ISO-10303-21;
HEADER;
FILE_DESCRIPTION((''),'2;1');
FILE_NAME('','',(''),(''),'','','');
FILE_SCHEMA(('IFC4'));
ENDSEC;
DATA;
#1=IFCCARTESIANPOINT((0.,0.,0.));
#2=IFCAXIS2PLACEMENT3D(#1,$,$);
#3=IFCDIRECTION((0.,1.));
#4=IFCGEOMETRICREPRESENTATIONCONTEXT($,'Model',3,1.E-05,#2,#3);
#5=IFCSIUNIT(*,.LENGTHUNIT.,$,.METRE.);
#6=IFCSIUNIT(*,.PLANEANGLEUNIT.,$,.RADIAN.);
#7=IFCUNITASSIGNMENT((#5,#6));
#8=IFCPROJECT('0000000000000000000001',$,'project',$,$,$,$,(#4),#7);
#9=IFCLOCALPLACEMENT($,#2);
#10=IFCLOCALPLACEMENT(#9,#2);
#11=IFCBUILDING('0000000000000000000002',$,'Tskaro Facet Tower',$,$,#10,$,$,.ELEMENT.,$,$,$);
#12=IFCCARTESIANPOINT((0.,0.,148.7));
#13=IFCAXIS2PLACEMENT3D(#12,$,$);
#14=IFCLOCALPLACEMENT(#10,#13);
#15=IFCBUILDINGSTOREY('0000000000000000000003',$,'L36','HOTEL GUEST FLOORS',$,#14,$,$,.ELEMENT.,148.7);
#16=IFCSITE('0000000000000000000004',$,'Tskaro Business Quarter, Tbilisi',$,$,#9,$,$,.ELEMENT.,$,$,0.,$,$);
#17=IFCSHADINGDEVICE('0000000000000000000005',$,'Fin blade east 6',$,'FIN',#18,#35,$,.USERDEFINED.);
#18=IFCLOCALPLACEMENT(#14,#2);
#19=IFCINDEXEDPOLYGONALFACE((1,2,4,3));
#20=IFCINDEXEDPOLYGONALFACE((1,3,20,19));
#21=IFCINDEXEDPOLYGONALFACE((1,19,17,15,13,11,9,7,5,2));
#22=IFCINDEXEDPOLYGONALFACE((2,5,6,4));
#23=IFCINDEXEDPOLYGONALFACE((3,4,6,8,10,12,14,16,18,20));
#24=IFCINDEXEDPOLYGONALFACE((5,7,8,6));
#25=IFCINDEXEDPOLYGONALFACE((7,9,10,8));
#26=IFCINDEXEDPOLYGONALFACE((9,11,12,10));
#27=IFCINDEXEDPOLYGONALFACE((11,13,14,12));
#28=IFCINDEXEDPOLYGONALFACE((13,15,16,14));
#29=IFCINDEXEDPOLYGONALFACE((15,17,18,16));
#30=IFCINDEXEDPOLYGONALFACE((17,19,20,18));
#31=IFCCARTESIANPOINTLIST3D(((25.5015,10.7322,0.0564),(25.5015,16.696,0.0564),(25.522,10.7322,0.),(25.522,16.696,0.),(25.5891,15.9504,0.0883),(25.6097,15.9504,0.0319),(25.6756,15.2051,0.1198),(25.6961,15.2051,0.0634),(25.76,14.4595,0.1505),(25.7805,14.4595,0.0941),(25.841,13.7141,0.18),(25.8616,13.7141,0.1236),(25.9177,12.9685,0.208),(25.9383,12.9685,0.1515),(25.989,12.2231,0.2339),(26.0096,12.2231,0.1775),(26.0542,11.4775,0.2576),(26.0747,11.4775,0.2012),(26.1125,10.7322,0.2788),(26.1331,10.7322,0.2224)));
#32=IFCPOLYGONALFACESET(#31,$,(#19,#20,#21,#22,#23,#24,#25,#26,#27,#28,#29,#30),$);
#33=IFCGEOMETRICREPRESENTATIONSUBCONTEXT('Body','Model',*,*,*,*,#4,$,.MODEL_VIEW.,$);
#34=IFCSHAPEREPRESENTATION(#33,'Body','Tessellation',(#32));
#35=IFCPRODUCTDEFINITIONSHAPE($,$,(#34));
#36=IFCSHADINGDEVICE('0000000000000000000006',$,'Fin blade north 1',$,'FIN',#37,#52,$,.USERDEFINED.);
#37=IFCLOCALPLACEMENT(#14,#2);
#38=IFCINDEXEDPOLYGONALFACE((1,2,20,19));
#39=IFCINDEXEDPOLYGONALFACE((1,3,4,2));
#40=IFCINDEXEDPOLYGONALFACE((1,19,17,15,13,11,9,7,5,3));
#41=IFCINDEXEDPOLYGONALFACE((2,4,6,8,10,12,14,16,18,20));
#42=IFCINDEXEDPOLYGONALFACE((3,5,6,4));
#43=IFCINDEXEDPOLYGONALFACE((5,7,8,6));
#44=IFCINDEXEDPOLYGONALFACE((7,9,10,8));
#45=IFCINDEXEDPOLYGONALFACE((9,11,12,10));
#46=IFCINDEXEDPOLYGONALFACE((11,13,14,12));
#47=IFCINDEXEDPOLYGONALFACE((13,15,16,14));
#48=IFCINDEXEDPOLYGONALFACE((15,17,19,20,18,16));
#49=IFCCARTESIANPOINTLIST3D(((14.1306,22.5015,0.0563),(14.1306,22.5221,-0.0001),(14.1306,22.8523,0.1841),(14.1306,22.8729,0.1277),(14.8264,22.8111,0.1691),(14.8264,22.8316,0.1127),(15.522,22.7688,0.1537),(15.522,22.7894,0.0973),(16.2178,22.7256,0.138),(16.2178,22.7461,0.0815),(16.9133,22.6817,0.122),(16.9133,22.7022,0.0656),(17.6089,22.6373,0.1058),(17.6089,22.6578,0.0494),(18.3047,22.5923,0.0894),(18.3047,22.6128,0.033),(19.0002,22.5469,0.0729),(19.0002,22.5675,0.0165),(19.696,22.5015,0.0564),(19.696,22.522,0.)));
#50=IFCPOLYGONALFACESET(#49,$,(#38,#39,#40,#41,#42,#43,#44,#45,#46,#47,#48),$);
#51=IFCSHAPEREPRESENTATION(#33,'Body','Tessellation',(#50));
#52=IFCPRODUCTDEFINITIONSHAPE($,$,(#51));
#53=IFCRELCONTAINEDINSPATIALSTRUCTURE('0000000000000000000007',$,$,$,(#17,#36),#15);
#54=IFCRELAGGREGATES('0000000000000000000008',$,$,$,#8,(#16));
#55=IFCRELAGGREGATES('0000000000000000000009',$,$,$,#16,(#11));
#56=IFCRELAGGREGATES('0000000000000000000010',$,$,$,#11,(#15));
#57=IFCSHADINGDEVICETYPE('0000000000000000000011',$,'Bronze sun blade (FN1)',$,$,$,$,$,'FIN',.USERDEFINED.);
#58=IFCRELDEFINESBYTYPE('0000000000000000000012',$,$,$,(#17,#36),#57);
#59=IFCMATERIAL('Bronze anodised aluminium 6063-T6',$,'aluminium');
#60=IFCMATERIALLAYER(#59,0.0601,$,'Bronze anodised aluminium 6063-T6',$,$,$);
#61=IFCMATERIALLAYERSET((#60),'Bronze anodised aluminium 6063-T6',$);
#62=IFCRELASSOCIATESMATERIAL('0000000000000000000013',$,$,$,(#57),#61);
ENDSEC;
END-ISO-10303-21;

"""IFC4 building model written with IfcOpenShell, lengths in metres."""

from ifc_helpers import new_model, si_unit, direction, frame, origin, place, context, subcontext, project, spatial, polyline, outline, extrude, material, layer, layer_set, type_object, element, save


model = new_model("IFC4")

# Units and contexts
model_context = context("Model", 3, precision=1e-05, world=origin(), true_north=direction((0.0, 1.0)))
body_context = subcontext(model_context, "Body", "Model", "MODEL_VIEW")
ifc_project = project(units=[si_unit("LENGTHUNIT", "METRE"), si_unit("PLANEANGLEUNIT", "RADIAN")], contexts=[model_context])

# Site, building, storey
site_placement = place(None, origin())
site = spatial("IfcSite", under=ifc_project, at=site_placement, Name="Tskaro Business Quarter, Tbilisi", CompositionType="ELEMENT", RefElevation=0.0)
building_placement = place(site_placement, origin())
building = spatial("IfcBuilding", under=site, at=building_placement, Name="Tskaro Facet Tower", CompositionType="ELEMENT")
storey_placement = place(building_placement, frame((0.0, 0.0, 148.7)))
storey = spatial("IfcBuildingStorey", under=building, at=storey_placement, Name="L36", Description="HOTEL GUEST FLOORS", CompositionType="ELEMENT", Elevation=148.7)

# Shared definitions
ifc_material_1 = material(Name="Bronze anodised aluminium 6063-T6", Category="aluminium")

# Shading devices
ifc_layer_1 = layer(ifc_material_1, 0.0601, Name="Bronze anodised aluminium 6063-T6")
ifc_layer_set_1 = layer_set([ifc_layer_1], Name="Bronze anodised aluminium 6063-T6")
shading_device_type = type_object("IfcShadingDeviceType", Name="Bronze sun blade (FN1)", ElementType="FIN", PredefinedType="USERDEFINED", material=ifc_layer_set_1)
shading_device_1_placement = place(storey_placement, frame((25.5015, 10.7322, 0.0564), z_axis=(-0.34207, -0.000007, 0.939675), x_axis=(-0.000002, 1.0, 0.000006)))
element("IfcShadingDevice", 1, at=shading_device_1_placement, inside=storey, type_object=shading_device_type, Name="Fin blade east 6", ObjectType="FIN", PredefinedType="USERDEFINED", context=body_context, shape_type="SweptSolid", body=[
    extrude(outline(polyline([(0.0, 0.0), (5.9639, 0.0), (5.2183, -0.0933), (4.4729, -0.1853), (3.7273, -0.2751), (2.9819, -0.3614), (2.2363, -0.443), (1.491, -0.5189), (0.7454, -0.5882), (0.0, -0.6503), (0.0, 0.0)])), origin(), (0.0, 0.0, -1.0), 0.0601),
])
shading_device_2_placement = place(storey_placement, frame((19.696, 22.5015, 0.0564), z_axis=(-0.000018, -0.342265, 0.939603), x_axis=(-1.0, 0.000006, -0.000017)))
element("IfcShadingDevice", 2, at=shading_device_2_placement, inside=storey, type_object=shading_device_type, Name="Fin blade north 1", ObjectType="FIN", PredefinedType="USERDEFINED", context=body_context, shape_type="SweptSolid", body=[
    extrude(outline(polyline([(0.0, 0.0), (5.5654, 0.0), (5.5654, -0.3733), (4.8696, -0.3295), (4.1741, -0.2845), (3.4783, -0.2385), (2.7827, -0.1918), (2.0872, -0.1445), (1.3914, -0.0966), (0.6958, -0.0483), (0.0, 0.0)])), origin(), (0.0, 0.0, -1.0), 0.0601),
])

save(model, "model.ifc")
